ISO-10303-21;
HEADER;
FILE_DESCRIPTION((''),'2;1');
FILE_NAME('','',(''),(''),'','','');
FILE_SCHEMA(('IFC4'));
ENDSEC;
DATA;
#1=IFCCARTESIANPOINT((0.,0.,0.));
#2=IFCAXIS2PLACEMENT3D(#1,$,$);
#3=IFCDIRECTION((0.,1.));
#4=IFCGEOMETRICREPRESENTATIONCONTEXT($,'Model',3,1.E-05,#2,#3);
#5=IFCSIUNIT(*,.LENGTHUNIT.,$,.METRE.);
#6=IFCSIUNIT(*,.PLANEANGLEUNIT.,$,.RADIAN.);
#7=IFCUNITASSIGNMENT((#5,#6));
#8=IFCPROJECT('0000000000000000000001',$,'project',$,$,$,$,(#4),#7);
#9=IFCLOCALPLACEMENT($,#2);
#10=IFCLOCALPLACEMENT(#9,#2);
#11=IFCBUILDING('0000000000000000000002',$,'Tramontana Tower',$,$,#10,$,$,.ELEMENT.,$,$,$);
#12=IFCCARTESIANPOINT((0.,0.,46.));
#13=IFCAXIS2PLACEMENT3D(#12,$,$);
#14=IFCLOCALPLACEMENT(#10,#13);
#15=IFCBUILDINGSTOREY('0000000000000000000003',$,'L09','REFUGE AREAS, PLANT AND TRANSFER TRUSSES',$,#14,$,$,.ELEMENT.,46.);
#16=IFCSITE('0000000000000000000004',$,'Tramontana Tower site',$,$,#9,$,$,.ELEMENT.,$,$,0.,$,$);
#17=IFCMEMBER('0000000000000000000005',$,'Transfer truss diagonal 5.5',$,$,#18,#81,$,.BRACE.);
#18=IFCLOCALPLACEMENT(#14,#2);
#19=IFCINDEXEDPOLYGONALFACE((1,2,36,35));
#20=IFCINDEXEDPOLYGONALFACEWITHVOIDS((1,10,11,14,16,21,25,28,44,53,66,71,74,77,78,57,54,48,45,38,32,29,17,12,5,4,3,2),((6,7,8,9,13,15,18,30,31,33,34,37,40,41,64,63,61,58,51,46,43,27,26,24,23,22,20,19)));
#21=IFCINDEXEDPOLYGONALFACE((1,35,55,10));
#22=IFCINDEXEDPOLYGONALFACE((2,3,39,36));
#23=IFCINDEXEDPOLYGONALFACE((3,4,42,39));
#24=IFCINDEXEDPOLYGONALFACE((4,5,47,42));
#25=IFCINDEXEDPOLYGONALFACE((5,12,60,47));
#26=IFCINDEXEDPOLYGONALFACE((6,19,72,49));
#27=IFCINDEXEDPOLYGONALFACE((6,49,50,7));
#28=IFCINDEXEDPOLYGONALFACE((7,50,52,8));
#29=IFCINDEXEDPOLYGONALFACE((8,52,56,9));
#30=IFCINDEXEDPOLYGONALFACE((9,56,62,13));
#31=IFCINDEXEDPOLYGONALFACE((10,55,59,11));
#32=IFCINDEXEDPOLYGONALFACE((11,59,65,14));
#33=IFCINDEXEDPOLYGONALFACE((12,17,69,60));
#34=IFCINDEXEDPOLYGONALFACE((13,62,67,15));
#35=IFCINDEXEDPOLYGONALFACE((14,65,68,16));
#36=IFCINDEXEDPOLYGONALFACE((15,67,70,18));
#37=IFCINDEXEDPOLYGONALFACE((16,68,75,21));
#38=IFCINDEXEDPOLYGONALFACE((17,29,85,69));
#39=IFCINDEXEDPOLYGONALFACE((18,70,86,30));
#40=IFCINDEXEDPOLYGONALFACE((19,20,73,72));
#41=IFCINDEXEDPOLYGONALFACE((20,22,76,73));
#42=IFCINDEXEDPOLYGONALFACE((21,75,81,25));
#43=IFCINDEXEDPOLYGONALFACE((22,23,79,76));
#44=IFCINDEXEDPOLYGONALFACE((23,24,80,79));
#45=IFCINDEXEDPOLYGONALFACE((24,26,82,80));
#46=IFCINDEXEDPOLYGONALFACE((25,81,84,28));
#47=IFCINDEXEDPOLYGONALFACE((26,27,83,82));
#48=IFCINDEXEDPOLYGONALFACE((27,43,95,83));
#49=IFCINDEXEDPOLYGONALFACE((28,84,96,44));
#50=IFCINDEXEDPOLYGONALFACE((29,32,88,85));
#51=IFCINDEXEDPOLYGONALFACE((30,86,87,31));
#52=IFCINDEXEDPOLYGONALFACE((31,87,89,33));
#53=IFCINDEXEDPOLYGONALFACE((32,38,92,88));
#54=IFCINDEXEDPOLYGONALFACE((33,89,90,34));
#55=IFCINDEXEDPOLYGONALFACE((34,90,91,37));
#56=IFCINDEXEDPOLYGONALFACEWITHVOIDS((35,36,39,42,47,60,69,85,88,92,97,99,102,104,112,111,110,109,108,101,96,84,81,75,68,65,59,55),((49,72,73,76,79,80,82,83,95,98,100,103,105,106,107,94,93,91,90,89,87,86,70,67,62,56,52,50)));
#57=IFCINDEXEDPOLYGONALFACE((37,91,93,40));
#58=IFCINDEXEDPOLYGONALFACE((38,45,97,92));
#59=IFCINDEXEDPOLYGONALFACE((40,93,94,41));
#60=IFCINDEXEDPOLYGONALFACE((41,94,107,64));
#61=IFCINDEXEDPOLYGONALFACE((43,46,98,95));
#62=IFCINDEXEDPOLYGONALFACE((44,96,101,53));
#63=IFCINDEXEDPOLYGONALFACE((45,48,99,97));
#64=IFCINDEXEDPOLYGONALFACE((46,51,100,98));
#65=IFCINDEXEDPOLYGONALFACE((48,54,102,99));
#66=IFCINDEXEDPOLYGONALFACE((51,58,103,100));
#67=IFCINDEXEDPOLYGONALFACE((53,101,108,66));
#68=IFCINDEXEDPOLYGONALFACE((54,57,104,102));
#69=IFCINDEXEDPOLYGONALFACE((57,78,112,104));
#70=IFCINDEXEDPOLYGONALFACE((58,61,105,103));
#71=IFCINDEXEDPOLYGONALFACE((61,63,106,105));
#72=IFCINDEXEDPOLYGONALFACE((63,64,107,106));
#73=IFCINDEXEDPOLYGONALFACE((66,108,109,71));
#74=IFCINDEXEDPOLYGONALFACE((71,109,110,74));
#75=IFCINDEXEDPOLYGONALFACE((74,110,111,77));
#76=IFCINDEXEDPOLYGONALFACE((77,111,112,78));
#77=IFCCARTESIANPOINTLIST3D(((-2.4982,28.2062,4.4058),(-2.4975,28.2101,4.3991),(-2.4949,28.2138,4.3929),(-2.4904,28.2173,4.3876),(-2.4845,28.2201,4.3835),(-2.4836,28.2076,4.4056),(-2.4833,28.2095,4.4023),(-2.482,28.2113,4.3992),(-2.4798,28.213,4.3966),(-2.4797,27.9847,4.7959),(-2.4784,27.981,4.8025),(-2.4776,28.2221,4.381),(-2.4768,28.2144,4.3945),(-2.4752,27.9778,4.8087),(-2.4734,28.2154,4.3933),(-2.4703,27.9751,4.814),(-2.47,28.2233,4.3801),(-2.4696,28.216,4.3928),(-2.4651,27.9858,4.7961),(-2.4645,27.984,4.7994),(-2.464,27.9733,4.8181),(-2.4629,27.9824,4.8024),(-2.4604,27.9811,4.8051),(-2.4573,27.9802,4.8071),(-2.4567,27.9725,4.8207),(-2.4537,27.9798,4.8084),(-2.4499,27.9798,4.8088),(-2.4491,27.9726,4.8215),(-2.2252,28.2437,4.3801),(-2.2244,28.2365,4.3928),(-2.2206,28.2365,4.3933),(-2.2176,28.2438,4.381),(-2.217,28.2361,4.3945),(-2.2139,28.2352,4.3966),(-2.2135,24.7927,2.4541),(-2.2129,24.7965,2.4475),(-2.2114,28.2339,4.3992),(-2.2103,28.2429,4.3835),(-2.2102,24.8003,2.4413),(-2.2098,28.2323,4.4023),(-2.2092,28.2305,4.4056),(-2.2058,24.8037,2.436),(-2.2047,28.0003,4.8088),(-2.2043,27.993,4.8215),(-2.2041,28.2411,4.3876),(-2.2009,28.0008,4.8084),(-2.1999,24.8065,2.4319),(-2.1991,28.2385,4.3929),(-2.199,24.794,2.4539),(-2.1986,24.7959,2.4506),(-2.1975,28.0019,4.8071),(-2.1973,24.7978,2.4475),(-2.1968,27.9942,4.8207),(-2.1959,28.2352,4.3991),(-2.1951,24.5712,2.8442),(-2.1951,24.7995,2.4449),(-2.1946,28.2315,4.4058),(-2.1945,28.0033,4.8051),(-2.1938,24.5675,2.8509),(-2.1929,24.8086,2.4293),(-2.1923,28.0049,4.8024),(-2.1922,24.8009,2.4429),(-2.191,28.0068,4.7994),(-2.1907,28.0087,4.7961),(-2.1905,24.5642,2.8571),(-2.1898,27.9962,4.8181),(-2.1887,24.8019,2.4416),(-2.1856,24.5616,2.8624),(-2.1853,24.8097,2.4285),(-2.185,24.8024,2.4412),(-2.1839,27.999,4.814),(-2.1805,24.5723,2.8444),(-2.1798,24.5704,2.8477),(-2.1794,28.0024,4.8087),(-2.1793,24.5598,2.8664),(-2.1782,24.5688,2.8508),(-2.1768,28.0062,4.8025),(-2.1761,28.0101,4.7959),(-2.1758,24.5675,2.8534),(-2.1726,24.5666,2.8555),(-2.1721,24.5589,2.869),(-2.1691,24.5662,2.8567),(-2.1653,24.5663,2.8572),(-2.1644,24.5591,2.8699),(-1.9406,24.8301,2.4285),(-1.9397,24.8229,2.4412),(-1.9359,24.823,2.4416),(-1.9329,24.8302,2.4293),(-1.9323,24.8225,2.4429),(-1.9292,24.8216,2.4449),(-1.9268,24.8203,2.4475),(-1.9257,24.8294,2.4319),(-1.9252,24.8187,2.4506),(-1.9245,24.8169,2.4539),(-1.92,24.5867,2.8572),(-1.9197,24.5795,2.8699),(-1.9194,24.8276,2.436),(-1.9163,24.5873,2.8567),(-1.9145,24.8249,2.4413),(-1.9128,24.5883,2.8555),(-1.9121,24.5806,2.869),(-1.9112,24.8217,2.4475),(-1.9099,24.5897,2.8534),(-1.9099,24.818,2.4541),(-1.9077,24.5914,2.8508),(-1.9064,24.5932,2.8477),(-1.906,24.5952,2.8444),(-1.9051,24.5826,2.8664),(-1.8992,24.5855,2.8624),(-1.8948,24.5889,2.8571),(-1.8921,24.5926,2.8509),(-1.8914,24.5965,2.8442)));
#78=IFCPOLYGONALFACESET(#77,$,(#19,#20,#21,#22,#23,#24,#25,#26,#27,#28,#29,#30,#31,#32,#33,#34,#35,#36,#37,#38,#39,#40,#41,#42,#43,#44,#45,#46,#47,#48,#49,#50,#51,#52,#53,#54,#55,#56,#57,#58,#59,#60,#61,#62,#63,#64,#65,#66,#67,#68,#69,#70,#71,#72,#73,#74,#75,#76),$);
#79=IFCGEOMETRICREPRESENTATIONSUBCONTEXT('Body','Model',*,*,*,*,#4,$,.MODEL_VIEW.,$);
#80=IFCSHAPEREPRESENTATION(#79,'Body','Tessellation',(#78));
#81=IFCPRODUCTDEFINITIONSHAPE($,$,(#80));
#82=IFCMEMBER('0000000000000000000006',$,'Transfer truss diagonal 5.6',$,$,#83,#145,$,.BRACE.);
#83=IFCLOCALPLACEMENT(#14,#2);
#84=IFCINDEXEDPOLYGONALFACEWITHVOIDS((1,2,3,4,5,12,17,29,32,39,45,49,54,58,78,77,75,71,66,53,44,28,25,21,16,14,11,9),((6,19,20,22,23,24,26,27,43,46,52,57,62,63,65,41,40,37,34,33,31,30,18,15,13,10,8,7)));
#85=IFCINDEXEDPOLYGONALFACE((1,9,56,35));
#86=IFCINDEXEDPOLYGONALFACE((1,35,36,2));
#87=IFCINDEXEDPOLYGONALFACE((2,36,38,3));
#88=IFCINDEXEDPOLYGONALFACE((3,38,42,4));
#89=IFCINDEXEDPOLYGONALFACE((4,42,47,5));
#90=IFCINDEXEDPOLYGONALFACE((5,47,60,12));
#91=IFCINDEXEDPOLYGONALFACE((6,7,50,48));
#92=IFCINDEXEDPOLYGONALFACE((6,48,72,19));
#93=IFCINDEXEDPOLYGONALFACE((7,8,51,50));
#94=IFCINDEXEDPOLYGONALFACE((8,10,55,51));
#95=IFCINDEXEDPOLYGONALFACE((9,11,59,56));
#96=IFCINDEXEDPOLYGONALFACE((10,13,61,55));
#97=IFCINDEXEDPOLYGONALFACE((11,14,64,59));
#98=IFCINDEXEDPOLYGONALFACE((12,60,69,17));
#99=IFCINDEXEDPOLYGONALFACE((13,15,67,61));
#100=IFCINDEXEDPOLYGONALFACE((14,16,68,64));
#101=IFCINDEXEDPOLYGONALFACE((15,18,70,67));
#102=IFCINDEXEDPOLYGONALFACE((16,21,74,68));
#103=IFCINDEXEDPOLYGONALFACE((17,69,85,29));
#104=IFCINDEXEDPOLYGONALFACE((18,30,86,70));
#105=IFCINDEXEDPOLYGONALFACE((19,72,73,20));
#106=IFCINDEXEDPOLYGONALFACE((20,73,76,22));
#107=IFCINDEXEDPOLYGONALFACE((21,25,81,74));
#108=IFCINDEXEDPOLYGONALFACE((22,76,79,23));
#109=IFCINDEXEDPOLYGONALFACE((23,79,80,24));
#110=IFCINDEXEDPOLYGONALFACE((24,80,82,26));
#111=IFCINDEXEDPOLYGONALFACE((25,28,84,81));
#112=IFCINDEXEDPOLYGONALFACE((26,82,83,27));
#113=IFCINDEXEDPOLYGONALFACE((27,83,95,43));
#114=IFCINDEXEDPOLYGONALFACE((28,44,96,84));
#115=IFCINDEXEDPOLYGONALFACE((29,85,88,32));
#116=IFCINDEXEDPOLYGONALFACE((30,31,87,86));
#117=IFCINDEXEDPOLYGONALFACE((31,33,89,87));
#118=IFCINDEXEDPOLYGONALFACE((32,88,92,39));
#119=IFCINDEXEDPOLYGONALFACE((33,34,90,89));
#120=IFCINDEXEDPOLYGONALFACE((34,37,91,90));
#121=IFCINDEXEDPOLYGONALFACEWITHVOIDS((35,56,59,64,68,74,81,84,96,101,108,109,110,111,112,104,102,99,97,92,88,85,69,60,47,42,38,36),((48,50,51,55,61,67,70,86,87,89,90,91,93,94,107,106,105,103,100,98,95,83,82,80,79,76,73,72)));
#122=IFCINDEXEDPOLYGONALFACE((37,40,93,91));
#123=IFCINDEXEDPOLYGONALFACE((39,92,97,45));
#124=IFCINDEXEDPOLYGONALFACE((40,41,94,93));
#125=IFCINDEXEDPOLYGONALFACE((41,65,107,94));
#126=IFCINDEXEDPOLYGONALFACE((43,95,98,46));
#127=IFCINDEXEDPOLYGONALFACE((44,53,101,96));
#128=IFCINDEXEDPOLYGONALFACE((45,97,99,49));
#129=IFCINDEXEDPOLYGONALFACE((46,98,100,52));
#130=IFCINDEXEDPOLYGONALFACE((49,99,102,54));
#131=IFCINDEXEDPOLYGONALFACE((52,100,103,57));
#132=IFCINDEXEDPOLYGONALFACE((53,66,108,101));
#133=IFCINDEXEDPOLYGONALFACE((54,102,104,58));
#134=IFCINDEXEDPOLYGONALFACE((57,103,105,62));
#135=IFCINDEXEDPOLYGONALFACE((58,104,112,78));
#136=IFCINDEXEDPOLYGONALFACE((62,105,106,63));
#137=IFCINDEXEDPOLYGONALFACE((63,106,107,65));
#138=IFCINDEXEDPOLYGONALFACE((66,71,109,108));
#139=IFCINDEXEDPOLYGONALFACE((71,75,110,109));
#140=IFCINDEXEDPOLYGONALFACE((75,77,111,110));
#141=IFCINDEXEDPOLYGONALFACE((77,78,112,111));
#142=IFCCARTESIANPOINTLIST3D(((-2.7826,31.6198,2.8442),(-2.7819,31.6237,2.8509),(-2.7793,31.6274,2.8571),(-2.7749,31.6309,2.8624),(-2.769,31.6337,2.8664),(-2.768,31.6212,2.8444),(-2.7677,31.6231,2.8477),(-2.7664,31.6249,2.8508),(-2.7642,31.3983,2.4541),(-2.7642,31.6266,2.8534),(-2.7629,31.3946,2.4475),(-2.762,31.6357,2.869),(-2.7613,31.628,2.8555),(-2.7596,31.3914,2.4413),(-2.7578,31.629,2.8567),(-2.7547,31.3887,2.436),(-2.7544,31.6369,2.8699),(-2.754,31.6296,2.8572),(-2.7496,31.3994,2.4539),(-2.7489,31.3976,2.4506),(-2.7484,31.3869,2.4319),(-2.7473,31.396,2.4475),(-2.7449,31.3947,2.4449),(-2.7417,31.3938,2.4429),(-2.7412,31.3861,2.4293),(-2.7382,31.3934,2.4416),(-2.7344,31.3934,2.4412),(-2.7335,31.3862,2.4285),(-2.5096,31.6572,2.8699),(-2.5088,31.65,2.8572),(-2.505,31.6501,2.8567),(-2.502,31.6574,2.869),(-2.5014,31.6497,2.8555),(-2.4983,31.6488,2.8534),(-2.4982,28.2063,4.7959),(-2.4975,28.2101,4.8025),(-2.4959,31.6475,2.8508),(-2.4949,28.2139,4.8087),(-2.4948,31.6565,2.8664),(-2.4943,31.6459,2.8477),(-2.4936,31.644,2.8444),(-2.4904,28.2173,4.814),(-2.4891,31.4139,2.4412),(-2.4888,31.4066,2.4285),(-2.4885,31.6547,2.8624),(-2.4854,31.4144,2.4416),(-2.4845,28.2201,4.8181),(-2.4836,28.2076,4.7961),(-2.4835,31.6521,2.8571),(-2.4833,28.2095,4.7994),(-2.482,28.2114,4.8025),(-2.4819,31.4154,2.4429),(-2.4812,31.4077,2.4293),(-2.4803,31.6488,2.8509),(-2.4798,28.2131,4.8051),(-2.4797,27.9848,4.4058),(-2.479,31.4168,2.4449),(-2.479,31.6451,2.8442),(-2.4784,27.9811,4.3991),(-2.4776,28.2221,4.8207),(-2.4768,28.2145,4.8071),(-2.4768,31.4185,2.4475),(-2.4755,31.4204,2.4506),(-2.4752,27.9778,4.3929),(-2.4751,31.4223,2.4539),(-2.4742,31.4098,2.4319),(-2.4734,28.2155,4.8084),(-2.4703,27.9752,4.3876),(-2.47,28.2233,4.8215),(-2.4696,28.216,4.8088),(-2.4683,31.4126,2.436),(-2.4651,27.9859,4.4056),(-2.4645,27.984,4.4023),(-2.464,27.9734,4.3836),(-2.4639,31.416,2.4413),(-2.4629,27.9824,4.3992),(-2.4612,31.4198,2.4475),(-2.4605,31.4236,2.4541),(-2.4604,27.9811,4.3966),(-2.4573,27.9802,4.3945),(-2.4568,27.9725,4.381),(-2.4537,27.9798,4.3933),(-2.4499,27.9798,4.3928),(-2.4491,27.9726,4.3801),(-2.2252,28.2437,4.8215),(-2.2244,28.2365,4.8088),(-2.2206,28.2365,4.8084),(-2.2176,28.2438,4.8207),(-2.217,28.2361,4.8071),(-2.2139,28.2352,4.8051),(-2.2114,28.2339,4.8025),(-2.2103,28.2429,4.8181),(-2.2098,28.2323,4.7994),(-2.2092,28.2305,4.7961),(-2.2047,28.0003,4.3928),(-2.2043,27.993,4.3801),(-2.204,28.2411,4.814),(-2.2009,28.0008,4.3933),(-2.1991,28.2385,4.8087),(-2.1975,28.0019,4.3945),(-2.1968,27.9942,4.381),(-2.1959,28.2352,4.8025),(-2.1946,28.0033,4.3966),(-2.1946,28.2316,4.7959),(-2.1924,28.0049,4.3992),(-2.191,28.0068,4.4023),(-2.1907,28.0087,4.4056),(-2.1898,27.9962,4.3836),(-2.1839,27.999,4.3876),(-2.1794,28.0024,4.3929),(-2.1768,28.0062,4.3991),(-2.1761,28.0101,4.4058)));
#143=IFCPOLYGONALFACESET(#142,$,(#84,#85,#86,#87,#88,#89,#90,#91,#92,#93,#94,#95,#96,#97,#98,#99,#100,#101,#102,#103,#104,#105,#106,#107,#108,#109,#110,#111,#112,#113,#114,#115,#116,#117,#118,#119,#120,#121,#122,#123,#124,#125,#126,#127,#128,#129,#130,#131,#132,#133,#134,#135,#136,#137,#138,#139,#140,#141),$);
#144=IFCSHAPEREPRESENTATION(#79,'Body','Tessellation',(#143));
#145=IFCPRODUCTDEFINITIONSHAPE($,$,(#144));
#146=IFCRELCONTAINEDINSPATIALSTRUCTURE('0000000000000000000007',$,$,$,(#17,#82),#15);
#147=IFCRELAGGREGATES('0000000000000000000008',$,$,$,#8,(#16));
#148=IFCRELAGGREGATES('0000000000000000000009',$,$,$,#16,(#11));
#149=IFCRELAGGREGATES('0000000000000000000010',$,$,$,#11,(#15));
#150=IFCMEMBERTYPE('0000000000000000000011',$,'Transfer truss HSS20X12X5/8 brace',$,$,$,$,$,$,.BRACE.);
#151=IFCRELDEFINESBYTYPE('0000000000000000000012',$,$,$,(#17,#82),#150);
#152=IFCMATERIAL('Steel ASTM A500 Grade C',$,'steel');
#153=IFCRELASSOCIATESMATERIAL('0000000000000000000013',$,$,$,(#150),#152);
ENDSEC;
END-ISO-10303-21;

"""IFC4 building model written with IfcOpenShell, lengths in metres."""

from ifc_helpers import new_model, si_unit, direction, frame, origin, origin_2d, place, context, subcontext, project, spatial, hollow_rectangle, extrude, material, material_profile, profile_set, type_object, element, save


model = new_model("IFC4")

# Units and contexts
model_context = context("Model", 3, precision=1e-05, world=origin(), true_north=direction((0.0, 1.0)))
body_context = subcontext(model_context, "Body", "Model", "MODEL_VIEW")
ifc_project = project(units=[si_unit("LENGTHUNIT", "METRE"), si_unit("PLANEANGLEUNIT", "RADIAN")], contexts=[model_context])

# Site, building, storey
site_placement = place(None, origin())
site = spatial("IfcSite", under=ifc_project, at=site_placement, Name="Tramontana Tower site", CompositionType="ELEMENT", RefElevation=0.0)
building_placement = place(site_placement, origin())
building = spatial("IfcBuilding", under=site, at=building_placement, Name="Tramontana Tower", CompositionType="ELEMENT")
storey_placement = place(building_placement, frame((0.0, 0.0, 46.0)))
storey = spatial("IfcBuildingStorey", under=building, at=storey_placement, Name="L09", Description="REFUGE AREAS, PLANT AND TRANSFER TRUSSES", CompositionType="ELEMENT", Elevation=46.0)

# Members
ifc_material_1 = material(Name="Steel ASTM A500 Grade C", Category="steel")
ifc_material_profile_1 = material_profile(ifc_material_1, hollow_rectangle(XDim=0.3047, YDim=0.5081, WallThickness=0.0146, InnerFilletRadius=0.0146, OuterFilletRadius=0.0295, at=origin_2d()), Name="HSS20X12X5/8")
ifc_profile_set_1 = profile_set([ifc_material_profile_1], Name="Steel ASTM A500 Grade C")
member_type_1 = type_object("IfcMemberType", Name="Transfer truss HSS20X12X5/8 brace", PredefinedType="BRACE", material=ifc_profile_set_1)
for number, where, z_axis, x_axis, name in (
    (1, (-2.0525, 24.6946, 2.6492), (-0.072207, 0.865862, 0.495044), (-0.996541, -0.083104, 0.0), "Transfer truss diagonal 5.5"),
    (2, (-2.3372, 28.1082, 4.6008), (-0.072145, 0.865866, -0.495046), (-0.996547, -0.083034, 0.0), "Transfer truss diagonal 5.6"),
):
    element("IfcMember", number, at=place(storey_placement, frame(where, z_axis=z_axis, x_axis=x_axis)), inside=storey, type_object=member_type_1, Name=name, PredefinedType="BRACE", context=body_context, shape_type="SweptSolid", body=[
        extrude(hollow_rectangle(XDim=0.3047, YDim=0.5081, WallThickness=0.0146, InnerFilletRadius=0.0146, OuterFilletRadius=0.0295, at=origin_2d()), origin(), (0.0, 0.0, 1.0), 3.9424),
    ])

save(model, "model.ifc")
